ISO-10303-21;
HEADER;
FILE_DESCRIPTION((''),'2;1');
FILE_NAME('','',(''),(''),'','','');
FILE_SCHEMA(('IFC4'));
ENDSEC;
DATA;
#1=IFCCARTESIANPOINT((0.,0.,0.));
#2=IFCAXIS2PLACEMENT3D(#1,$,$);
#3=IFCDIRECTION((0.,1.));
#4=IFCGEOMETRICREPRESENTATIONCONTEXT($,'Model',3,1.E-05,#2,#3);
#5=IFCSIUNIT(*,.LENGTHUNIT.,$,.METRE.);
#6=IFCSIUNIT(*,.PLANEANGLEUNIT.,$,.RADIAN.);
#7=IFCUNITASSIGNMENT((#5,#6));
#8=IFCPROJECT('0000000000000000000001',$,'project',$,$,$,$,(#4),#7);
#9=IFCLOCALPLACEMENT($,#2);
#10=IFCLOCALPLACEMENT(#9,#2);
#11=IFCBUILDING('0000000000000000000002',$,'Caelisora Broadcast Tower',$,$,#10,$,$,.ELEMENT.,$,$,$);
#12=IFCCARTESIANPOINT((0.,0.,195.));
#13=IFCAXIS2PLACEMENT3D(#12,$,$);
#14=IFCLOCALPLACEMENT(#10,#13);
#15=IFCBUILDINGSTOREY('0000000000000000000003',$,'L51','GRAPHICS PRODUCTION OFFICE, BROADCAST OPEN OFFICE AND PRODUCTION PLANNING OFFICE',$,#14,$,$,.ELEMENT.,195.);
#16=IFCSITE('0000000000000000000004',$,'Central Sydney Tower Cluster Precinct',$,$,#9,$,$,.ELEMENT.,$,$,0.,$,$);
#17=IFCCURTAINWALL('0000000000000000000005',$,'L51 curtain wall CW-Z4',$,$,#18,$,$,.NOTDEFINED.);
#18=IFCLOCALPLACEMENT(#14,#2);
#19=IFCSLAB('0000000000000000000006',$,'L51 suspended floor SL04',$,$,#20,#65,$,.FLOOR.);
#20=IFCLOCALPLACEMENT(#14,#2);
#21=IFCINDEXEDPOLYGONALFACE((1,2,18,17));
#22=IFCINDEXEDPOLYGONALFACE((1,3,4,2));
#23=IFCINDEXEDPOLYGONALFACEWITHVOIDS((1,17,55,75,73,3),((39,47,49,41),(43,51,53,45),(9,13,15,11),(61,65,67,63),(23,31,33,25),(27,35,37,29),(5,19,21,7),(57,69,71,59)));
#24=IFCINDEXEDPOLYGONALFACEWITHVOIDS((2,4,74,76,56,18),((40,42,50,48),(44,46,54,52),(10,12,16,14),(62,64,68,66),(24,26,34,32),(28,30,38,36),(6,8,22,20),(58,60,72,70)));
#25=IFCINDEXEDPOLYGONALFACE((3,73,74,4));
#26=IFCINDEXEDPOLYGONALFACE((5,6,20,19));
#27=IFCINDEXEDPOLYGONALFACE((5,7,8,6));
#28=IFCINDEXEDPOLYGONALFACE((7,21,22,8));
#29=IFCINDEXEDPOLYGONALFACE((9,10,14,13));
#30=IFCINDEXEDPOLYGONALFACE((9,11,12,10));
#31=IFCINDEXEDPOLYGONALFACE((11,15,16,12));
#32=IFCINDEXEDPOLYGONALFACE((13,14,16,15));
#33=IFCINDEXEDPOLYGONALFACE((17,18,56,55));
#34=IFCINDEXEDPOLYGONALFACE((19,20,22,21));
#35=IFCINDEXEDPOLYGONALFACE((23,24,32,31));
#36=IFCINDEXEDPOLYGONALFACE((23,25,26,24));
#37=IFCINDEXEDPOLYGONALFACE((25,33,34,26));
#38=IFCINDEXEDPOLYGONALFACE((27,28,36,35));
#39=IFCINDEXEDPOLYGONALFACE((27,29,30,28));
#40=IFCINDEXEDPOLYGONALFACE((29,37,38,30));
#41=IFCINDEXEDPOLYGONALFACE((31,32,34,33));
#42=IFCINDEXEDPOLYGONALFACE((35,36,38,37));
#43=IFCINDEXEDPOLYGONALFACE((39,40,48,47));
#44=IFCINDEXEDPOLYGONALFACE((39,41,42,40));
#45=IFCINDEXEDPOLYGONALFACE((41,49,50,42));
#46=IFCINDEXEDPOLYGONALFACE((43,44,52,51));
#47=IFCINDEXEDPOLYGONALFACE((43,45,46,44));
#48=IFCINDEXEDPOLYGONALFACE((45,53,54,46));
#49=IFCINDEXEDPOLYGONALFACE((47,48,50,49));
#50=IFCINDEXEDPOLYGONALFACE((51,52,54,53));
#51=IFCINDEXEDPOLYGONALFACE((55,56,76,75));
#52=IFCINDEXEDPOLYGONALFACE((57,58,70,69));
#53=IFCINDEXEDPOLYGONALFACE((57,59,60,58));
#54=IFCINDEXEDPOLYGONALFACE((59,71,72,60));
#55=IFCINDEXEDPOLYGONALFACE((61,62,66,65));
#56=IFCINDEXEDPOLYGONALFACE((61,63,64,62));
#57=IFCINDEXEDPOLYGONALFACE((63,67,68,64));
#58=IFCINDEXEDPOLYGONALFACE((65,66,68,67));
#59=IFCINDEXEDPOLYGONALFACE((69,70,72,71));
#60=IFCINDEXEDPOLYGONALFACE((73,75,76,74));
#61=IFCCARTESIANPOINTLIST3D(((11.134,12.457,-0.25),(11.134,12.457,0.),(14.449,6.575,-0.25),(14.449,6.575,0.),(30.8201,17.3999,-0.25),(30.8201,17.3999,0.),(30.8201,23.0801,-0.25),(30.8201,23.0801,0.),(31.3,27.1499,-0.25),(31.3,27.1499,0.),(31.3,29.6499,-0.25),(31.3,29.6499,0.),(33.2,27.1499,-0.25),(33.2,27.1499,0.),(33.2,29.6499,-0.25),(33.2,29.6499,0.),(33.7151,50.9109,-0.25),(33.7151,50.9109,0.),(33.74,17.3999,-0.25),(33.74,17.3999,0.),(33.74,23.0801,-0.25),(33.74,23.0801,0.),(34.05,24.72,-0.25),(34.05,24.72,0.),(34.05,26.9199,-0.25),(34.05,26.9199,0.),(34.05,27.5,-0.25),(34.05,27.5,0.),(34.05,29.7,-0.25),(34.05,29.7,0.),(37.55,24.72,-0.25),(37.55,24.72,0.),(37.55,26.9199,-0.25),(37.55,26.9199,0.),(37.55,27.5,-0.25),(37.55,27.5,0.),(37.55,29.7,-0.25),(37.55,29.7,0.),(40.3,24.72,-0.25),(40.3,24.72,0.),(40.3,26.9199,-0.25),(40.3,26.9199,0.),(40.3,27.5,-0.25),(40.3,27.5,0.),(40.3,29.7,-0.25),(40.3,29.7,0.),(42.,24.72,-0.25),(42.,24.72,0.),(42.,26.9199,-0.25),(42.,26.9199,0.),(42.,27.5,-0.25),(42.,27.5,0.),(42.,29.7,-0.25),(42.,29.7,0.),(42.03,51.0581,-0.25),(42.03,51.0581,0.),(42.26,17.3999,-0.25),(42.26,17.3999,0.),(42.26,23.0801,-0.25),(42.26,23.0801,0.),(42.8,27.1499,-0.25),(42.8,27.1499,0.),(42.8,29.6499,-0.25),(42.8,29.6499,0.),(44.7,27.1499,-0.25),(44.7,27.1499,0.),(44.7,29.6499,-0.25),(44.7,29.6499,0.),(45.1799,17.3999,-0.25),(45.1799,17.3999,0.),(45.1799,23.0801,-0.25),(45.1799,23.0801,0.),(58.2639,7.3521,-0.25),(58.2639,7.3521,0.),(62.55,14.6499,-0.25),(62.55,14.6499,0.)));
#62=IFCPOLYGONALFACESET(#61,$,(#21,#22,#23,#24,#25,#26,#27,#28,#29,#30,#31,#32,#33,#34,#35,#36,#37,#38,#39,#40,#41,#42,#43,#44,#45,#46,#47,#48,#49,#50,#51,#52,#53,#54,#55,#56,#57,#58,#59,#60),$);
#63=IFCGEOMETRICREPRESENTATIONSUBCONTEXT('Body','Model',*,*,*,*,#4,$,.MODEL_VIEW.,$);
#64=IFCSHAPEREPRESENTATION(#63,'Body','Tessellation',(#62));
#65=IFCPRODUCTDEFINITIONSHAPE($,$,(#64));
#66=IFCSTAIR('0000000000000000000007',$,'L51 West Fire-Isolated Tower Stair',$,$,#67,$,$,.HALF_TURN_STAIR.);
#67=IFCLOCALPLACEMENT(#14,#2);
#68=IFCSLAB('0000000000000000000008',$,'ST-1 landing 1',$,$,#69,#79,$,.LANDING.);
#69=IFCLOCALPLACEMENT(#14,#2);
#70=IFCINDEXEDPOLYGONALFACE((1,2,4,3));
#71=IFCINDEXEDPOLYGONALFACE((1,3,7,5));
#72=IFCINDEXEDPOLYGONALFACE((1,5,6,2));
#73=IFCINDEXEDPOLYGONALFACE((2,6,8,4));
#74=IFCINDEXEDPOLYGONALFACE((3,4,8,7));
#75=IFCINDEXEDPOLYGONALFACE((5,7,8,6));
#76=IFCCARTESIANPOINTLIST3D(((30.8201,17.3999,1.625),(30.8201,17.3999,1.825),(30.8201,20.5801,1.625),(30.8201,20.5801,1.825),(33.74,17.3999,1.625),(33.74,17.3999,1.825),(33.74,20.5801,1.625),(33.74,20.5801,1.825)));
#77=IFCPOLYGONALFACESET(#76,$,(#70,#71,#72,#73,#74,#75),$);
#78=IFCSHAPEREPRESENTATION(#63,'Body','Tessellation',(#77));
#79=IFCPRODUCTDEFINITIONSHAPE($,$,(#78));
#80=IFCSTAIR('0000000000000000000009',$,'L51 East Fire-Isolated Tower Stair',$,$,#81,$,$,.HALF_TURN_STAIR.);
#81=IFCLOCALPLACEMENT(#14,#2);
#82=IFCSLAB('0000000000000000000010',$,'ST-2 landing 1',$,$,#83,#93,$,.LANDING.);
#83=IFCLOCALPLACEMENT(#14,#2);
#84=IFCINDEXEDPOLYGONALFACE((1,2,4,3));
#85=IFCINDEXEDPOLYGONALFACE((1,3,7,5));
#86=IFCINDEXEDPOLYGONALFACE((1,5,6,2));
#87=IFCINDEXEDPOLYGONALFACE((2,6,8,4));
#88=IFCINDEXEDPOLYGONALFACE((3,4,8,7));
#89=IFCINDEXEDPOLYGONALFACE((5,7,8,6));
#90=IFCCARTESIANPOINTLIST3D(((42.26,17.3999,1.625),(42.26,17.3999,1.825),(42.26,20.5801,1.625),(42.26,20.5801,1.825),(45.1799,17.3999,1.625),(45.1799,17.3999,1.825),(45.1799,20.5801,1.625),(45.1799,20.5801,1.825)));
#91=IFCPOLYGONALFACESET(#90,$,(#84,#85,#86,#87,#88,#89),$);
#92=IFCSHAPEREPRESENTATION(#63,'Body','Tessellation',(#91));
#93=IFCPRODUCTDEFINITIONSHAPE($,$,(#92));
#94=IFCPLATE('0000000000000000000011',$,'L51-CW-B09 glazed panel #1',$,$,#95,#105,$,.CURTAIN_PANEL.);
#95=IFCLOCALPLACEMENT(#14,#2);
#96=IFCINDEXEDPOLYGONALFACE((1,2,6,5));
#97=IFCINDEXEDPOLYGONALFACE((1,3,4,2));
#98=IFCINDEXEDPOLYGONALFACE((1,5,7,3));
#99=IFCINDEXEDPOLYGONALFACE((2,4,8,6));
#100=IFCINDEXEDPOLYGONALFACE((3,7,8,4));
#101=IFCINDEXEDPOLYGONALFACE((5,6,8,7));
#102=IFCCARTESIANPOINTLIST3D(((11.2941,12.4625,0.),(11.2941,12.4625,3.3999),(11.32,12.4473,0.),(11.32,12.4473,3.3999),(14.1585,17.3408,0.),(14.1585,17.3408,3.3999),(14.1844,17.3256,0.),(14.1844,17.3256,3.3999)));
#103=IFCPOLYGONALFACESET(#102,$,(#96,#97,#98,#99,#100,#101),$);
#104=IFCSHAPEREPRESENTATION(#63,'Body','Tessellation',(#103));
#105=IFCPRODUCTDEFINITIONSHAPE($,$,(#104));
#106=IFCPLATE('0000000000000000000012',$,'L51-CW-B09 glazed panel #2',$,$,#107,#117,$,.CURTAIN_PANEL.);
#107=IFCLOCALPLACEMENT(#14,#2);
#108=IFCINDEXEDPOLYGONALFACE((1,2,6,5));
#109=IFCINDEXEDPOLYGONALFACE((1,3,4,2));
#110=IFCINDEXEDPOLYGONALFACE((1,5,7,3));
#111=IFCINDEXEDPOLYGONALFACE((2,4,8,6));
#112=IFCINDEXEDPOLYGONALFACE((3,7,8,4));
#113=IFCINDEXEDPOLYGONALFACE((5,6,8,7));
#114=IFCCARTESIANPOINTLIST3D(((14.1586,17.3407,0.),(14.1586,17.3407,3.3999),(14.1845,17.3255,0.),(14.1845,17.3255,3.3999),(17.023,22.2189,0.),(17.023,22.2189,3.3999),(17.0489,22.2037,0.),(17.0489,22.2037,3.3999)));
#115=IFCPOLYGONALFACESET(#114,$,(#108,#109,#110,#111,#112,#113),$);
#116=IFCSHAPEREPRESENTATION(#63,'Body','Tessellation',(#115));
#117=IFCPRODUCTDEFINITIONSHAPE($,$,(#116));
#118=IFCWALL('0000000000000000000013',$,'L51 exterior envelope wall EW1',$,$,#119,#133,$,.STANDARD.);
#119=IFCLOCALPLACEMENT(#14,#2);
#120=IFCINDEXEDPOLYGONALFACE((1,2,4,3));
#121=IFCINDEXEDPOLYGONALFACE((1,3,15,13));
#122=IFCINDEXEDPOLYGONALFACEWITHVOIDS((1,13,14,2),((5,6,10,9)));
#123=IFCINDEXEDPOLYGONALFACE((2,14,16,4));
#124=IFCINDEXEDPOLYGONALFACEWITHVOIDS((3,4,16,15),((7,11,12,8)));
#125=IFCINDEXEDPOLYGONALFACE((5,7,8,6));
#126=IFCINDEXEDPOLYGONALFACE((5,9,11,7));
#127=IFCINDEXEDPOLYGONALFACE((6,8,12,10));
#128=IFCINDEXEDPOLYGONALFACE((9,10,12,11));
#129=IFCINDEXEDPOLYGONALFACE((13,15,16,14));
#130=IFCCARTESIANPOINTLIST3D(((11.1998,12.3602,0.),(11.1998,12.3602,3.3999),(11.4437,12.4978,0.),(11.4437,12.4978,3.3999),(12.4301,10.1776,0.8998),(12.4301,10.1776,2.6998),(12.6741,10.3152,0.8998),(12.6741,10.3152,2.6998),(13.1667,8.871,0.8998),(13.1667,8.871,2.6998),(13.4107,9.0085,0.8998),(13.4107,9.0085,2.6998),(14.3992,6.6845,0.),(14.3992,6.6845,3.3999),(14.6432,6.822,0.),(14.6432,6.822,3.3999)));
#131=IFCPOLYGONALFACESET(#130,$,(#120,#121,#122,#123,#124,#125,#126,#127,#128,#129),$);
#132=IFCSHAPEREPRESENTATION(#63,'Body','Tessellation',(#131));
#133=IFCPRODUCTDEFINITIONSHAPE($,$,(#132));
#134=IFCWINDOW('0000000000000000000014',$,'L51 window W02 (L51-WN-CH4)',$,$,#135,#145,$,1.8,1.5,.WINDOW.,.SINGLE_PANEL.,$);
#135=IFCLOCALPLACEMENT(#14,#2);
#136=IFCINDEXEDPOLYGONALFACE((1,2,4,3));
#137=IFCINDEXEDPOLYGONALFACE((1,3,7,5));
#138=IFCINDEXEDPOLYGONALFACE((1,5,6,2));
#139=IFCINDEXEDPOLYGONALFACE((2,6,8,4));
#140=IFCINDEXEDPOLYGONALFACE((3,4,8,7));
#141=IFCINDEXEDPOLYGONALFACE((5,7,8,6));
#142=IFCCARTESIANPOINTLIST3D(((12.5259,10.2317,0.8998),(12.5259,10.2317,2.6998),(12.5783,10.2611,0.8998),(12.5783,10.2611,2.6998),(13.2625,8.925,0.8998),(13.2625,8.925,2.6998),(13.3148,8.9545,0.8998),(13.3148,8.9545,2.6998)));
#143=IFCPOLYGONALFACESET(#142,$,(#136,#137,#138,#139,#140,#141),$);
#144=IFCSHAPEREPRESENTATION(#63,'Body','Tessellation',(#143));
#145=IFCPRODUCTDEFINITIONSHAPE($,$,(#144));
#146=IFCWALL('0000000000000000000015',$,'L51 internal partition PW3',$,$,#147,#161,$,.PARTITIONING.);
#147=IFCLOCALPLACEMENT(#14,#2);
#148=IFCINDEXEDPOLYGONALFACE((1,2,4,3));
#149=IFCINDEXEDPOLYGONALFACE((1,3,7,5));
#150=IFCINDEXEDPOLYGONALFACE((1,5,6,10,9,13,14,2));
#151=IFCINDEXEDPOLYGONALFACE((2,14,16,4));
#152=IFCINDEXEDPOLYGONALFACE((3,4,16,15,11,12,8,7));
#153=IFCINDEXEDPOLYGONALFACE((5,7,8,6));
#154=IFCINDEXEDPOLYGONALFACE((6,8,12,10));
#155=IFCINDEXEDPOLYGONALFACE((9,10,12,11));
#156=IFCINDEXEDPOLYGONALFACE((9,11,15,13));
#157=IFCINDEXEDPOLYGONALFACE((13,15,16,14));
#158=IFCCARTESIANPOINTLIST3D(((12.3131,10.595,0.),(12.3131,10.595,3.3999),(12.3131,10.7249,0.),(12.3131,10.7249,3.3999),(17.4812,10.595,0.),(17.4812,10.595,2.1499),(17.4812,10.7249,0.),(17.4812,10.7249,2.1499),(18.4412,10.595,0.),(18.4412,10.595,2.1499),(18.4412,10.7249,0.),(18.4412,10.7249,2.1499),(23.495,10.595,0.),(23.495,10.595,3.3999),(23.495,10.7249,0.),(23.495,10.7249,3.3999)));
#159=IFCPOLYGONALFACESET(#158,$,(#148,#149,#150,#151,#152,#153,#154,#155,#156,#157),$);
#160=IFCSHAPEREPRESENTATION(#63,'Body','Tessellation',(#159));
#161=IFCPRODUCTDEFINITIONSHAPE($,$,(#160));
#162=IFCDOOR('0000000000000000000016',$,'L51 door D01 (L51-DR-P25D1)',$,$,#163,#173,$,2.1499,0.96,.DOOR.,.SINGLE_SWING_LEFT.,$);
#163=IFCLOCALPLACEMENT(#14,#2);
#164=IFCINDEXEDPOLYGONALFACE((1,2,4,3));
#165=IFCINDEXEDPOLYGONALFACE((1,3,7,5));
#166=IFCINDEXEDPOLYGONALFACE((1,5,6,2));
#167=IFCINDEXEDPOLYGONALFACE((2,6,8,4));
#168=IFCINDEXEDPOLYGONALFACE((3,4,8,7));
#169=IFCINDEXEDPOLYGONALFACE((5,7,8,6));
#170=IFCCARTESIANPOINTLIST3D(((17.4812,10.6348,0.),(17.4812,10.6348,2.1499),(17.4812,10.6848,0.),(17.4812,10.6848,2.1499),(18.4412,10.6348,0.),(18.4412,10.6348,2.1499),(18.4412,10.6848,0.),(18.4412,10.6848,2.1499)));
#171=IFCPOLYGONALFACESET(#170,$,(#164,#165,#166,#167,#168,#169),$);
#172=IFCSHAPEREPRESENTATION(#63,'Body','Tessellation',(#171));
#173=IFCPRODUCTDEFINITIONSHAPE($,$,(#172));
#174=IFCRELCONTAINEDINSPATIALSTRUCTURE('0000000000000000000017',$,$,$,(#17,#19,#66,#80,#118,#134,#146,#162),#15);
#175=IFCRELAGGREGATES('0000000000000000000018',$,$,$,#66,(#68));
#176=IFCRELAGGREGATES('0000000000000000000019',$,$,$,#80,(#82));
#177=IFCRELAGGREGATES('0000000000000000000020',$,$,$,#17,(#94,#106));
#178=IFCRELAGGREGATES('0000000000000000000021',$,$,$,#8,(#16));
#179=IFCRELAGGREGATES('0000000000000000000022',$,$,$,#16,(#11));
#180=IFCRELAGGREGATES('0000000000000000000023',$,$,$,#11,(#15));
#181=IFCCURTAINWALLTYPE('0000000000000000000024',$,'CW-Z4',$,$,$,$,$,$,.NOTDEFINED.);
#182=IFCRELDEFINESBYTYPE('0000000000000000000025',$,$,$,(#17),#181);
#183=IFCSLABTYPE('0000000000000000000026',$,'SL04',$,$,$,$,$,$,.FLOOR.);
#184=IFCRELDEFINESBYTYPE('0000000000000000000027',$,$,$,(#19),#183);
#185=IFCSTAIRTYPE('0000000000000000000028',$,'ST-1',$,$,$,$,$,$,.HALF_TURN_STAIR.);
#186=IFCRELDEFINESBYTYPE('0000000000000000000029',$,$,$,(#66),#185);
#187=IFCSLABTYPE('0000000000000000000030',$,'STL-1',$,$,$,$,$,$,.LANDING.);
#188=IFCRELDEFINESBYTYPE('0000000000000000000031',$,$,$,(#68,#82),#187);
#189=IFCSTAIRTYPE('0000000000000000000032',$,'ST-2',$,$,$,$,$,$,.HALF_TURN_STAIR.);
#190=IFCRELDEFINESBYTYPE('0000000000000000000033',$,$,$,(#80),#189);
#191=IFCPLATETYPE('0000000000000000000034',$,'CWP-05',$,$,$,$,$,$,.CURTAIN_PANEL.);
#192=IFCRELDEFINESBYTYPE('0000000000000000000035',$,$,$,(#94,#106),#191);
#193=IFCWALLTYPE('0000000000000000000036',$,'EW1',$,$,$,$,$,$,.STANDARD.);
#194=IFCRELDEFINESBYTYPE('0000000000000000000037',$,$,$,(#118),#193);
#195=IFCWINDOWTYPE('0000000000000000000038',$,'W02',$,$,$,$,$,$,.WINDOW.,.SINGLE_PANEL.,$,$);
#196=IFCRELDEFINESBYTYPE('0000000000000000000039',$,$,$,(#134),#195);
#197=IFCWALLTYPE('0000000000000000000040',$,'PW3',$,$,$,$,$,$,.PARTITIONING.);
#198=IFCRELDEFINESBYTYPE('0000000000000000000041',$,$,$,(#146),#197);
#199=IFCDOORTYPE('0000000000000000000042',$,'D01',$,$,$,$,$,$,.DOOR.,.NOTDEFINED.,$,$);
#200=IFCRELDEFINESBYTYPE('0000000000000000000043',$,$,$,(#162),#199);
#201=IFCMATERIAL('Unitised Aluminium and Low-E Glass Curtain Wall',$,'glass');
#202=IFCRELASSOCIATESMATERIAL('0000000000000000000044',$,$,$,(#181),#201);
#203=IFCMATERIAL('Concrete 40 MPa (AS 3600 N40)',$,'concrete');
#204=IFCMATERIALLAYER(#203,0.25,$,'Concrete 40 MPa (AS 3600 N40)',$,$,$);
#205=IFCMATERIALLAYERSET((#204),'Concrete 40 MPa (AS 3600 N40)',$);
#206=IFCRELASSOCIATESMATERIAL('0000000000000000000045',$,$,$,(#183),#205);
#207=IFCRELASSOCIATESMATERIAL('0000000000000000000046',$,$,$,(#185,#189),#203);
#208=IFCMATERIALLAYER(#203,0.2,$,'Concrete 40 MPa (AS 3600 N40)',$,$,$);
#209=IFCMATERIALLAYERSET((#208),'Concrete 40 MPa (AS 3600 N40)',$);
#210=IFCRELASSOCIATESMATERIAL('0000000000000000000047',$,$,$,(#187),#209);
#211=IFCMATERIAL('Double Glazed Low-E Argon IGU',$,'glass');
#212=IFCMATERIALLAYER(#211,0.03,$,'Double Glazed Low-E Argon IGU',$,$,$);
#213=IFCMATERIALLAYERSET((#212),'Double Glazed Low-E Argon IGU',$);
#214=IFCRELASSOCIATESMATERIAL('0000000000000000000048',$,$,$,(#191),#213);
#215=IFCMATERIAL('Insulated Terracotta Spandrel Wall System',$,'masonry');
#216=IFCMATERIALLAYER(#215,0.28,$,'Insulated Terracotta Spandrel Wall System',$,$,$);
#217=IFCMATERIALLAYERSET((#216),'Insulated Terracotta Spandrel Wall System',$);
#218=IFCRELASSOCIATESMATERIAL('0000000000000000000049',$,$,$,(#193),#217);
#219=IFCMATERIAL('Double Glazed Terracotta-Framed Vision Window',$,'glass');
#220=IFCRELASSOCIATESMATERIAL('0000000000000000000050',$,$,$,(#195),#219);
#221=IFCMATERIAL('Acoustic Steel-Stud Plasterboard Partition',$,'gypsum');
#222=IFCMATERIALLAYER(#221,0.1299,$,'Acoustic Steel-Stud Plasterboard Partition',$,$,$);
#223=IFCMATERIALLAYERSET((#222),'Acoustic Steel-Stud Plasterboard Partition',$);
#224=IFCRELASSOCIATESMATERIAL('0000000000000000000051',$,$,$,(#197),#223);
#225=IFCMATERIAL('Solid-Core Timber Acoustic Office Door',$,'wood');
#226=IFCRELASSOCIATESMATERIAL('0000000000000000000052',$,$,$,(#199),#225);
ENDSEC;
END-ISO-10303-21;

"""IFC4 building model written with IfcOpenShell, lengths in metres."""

from ifc_helpers import new_model, si_unit, direction, frame, frame_2d, origin, origin_2d, place, context, subcontext, project, spatial, polyline, rectangle, outline, extrude, source, transform, mapped, material, layer, layer_set, type_object, type_shapes, element, fill, aggregate, save


model = new_model("IFC4")

# Units and contexts
model_context = context("Model", 3, precision=1e-05, world=origin(), true_north=direction((0.0, 1.0)))
body_context = subcontext(model_context, "Body", "Model", "MODEL_VIEW")
ifc_project = project(units=[si_unit("LENGTHUNIT", "METRE"), si_unit("PLANEANGLEUNIT", "RADIAN")], contexts=[model_context])

# Site, building, storey
site_placement = place(None, origin())
site = spatial("IfcSite", under=ifc_project, at=site_placement, Name="Central Sydney Tower Cluster Precinct", CompositionType="ELEMENT", RefElevation=0.0)
building_placement = place(site_placement, origin())
building = spatial("IfcBuilding", under=site, at=building_placement, Name="Caelisora Broadcast Tower", CompositionType="ELEMENT")
storey_placement = place(building_placement, frame((0.0, 0.0, 195.0)))
storey = spatial("IfcBuildingStorey", under=building, at=storey_placement, Name="L51", Description="GRAPHICS PRODUCTION OFFICE, BROADCAST OPEN OFFICE AND PRODUCTION PLANNING OFFICE", CompositionType="ELEMENT", Elevation=195.0)

# Shared definitions
ifc_material_1 = material(Name="Unitised Aluminium and Low-E Glass Curtain Wall", Category="glass")
curtain_wall_type = type_object("IfcCurtainWallType", Name="CW-Z4", PredefinedType="NOTDEFINED", material=ifc_material_1)

# Curtain wall
curtain_wall_1_placement = place(storey_placement, origin())
curtain_wall_1 = element("IfcCurtainWall", 1, at=curtain_wall_1_placement, inside=storey, type_object=curtain_wall_type, Name="L51 curtain wall CW-Z4", PredefinedType="NOTDEFINED")

# Slab
ifc_material_2 = material(Name="Concrete 40 MPa (AS 3600 N40)", Category="concrete")
ifc_layer_1 = layer(ifc_material_2, 0.25, Name="Concrete 40 MPa (AS 3600 N40)")
ifc_layer_set_1 = layer_set([ifc_layer_1], Name="Concrete 40 MPa (AS 3600 N40)")
slab_type_1 = type_object("IfcSlabType", Name="SL04", PredefinedType="FLOOR", material=ifc_layer_set_1)
slab_1_placement = place(storey_placement, frame((0.0, 0.0, -0.25)))
element("IfcSlab", 2, at=slab_1_placement, inside=storey, type_object=slab_type_1, Name="L51 suspended floor SL04", PredefinedType="FLOOR", context=body_context, shape_type="SweptSolid", body=[
    extrude(outline(polyline([(42.03, 51.0581), (33.7151, 50.9109), (11.134, 12.457), (14.449, 6.575), (58.2639, 7.3521), (62.55, 14.6499), (42.03, 51.0581)]), holes=[polyline([(30.8201, 17.3999), (33.74, 17.3999), (33.74, 23.0801), (30.8201, 23.0801), (30.8201, 17.3999)]), polyline([(42.26, 17.3999), (45.1799, 17.3999), (45.1799, 23.0801), (42.26, 23.0801), (42.26, 17.3999)]), polyline([(42.8, 27.1499), (44.7, 27.1499), (44.7, 29.6499), (42.8, 29.6499), (42.8, 27.1499)]), polyline([(40.3, 24.72), (42.0, 24.72), (42.0, 26.9199), (40.3, 26.9199), (40.3, 24.72)]), polyline([(40.3, 27.5), (42.0, 27.5), (42.0, 29.7), (40.3, 29.7), (40.3, 27.5)]), polyline([(34.05, 24.72), (37.55, 24.72), (37.55, 26.9199), (34.05, 26.9199), (34.05, 24.72)]), polyline([(34.05, 27.5), (37.55, 27.5), (37.55, 29.7), (34.05, 29.7), (34.05, 27.5)]), polyline([(31.3, 27.1499), (33.2, 27.1499), (33.2, 29.6499), (31.3, 29.6499), (31.3, 27.1499)])]), origin(), (0.0, 0.0, 1.0), 0.25),
])

# Stairs, slabs
stair_type_1 = type_object("IfcStairType", Name="ST-1", PredefinedType="HALF_TURN_STAIR", material=ifc_material_2)
stair_1_placement = place(storey_placement, origin())
stair_1 = element("IfcStair", 3, at=stair_1_placement, inside=storey, type_object=stair_type_1, Name="L51 West Fire-Isolated Tower Stair", PredefinedType="HALF_TURN_STAIR")
ifc_layer_2 = layer(ifc_material_2, 0.2, Name="Concrete 40 MPa (AS 3600 N40)")
ifc_layer_set_2 = layer_set([ifc_layer_2], Name="Concrete 40 MPa (AS 3600 N40)")
slab_type_2 = type_object("IfcSlabType", Name="STL-1", PredefinedType="LANDING", material=ifc_layer_set_2)
slab_2_placement = place(storey_placement, frame((0.0, 0.0, 1.625)))
slab_2 = element("IfcSlab", 4, at=slab_2_placement, type_object=slab_type_2, Name="ST-1 landing 1", PredefinedType="LANDING", context=body_context, shape_type="SweptSolid", body=[
    extrude(outline(polyline([(30.8201, 20.5801), (30.8201, 17.3999), (33.74, 17.3999), (33.74, 20.5801), (30.8201, 20.5801)])), origin(), (0.0, 0.0, 1.0), 0.2),
])
aggregate(stair_1, [slab_2])
stair_type_2 = type_object("IfcStairType", Name="ST-2", PredefinedType="HALF_TURN_STAIR", material=ifc_material_2)
stair_2_placement = place(storey_placement, origin())
stair_2 = element("IfcStair", 5, at=stair_2_placement, inside=storey, type_object=stair_type_2, Name="L51 East Fire-Isolated Tower Stair", PredefinedType="HALF_TURN_STAIR")
slab_3_placement = place(storey_placement, frame((0.0, 0.0, 1.625)))
slab_3 = element("IfcSlab", 6, at=slab_3_placement, type_object=slab_type_2, Name="ST-2 landing 1", PredefinedType="LANDING", context=body_context, shape_type="SweptSolid", body=[
    extrude(outline(polyline([(42.26, 20.5801), (42.26, 17.3999), (45.1799, 17.3999), (45.1799, 20.5801), (42.26, 20.5801)])), origin(), (0.0, 0.0, 1.0), 0.2),
])
aggregate(stair_2, [slab_3])

# Plates
ifc_material_3 = material(Name="Double Glazed Low-E Argon IGU", Category="glass")
ifc_layer_3 = layer(ifc_material_3, 0.03, Name="Double Glazed Low-E Argon IGU")
ifc_layer_set_3 = layer_set([ifc_layer_3], Name="Double Glazed Low-E Argon IGU")
plate_type = type_object("IfcPlateType", Name="CWP-05", PredefinedType="CURTAIN_PANEL", material=ifc_layer_set_3)
shared_shape_1 = source(origin(), body_context, "Body", "SweptSolid", [
    extrude(rectangle(XDim=5.657, YDim=0.03, at=origin_2d()), origin(), (0.0, 0.0, 1.0), 3.3999),
])
type_shapes(plate_type, [shared_shape_1])
plate_1_placement = place(storey_placement, frame((12.7393, 14.894, 0.0), z_axis=(0.0, 0.0, 1.0), x_axis=(0.506335, 0.862337, 0.0)))
plate_1 = element("IfcPlate", 7, at=plate_1_placement, type_object=plate_type, Name="L51-CW-B09 glazed panel #1", PredefinedType="CURTAIN_PANEL", context=body_context, shape_type="MappedRepresentation", body=[
    mapped(shared_shape_1, transform((0.0, 0.0, 0.0), scale=1.0)),
])
plate_2_placement = place(storey_placement, frame((15.6038, 19.7722, 0.0), z_axis=(0.0, 0.0, 1.0), x_axis=(0.506335, 0.862337, 0.0)))
plate_2 = element("IfcPlate", 8, at=plate_2_placement, type_object=plate_type, Name="L51-CW-B09 glazed panel #2", PredefinedType="CURTAIN_PANEL", context=body_context, shape_type="MappedRepresentation", body=[
    mapped(shared_shape_1, transform((0.0, 0.0, 0.0), scale=1.0)),
])
aggregate(curtain_wall_1, [plate_1, plate_2])

# Wall, opening, window
ifc_material_4 = material(Name="Insulated Terracotta Spandrel Wall System", Category="masonry")
ifc_layer_4 = layer(ifc_material_4, 0.28, Name="Insulated Terracotta Spandrel Wall System")
ifc_layer_set_4 = layer_set([ifc_layer_4], Name="Insulated Terracotta Spandrel Wall System")
wall_type_1 = type_object("IfcWallType", Name="EW1", PredefinedType="STANDARD", material=ifc_layer_set_4)
wall_1_placement = place(storey_placement, frame((14.5212, 6.7532, 0.0), z_axis=(0.0, 0.0, 1.0), x_axis=(-0.491058, 0.871127, 0.0)))
wall_1 = element("IfcWall", 9, at=wall_1_placement, inside=storey, type_object=wall_type_1, Name="L51 exterior envelope wall EW1", PredefinedType="STANDARD", context=body_context, shape_type="SweptSolid", body=[
    extrude(rectangle(XDim=6.5154, YDim=0.28, at=frame_2d((3.2578, 0.0))), origin(), (0.0, 0.0, 1.0), 3.3999),
])
opening_1_placement = place(wall_1_placement, frame((2.51, 0.0, 0.8999)))
opening_1 = element("IfcOpeningElement", 10, at=opening_1_placement, cuts=wall_1, PredefinedType="OPENING", context=body_context, shape_type="SweptSolid", body=[
    extrude(rectangle(XDim=1.5, YDim=1.8, at=frame_2d((0.75, 0.8999))), frame((0.0, 0.1521, 0.0), z_axis=(0.0, -1.0, 0.0), x_axis=(1.0, 0.0, 0.0)), (0.0, 0.0, 1.0), 0.304),
])
ifc_material_5 = material(Name="Double Glazed Terracotta-Framed Vision Window", Category="glass")
window_type = type_object("IfcWindowType", Name="W02", PartitioningType="SINGLE_PANEL", PredefinedType="WINDOW", material=ifc_material_5)
window_placement = place(opening_1_placement, origin())
window = element("IfcWindow", 11, at=window_placement, inside=storey, type_object=window_type, Name="L51 window W02 (L51-WN-CH4)", OverallHeight=1.8, OverallWidth=1.5, PartitioningType="SINGLE_PANEL", PredefinedType="WINDOW", context=body_context, shape_type="SweptSolid", body=[
    extrude(rectangle(XDim=1.5, YDim=1.8, at=frame_2d((0.75, 0.8999))), frame((0.0, 0.03, 0.0), z_axis=(0.0, -1.0, 0.0), x_axis=(1.0, 0.0, 0.0)), (0.0, 0.0, 1.0), 0.0601),
])
fill(opening_1, window)

# Wall, opening, door
ifc_material_6 = material(Name="Acoustic Steel-Stud Plasterboard Partition", Category="gypsum")
ifc_layer_5 = layer(ifc_material_6, 0.1299, Name="Acoustic Steel-Stud Plasterboard Partition")
ifc_layer_set_5 = layer_set([ifc_layer_5], Name="Acoustic Steel-Stud Plasterboard Partition")
wall_type_2 = type_object("IfcWallType", Name="PW3", PredefinedType="PARTITIONING", material=ifc_layer_set_5)
wall_2_placement = place(storey_placement, frame((12.3132, 10.6599, 0.0), z_axis=(0.0, 0.0, 1.0), x_axis=(1.0, 0.0, 0.0)))
wall_2 = element("IfcWall", 12, at=wall_2_placement, inside=storey, type_object=wall_type_2, Name="L51 internal partition PW3", PredefinedType="PARTITIONING", context=body_context, shape_type="SweptSolid", body=[
    extrude(rectangle(XDim=11.1819, YDim=0.1299, at=frame_2d((5.5908, 0.0))), origin(), (0.0, 0.0, 1.0), 3.3999),
])
opening_2_placement = place(wall_2_placement, frame((5.168, 0.0, 0.0)))
opening_2 = element("IfcOpeningElement", 13, at=opening_2_placement, cuts=wall_2, PredefinedType="OPENING", context=body_context, shape_type="SweptSolid", body=[
    extrude(rectangle(XDim=0.96, YDim=2.1499, at=frame_2d((0.48, 1.075))), frame((0.0, 0.0769, 0.0), z_axis=(0.0, -1.0, 0.0), x_axis=(1.0, 0.0, 0.0)), (0.0, 0.0, 1.0), 0.1538),
])
ifc_material_7 = material(Name="Solid-Core Timber Acoustic Office Door", Category="wood")
door_type = type_object("IfcDoorType", Name="D01", OperationType="NOTDEFINED", PredefinedType="DOOR", material=ifc_material_7)
door_1_placement = place(opening_2_placement, origin())
door_1 = element("IfcDoor", 14, at=door_1_placement, inside=storey, type_object=door_type, Name="L51 door D01 (L51-DR-P25D1)", OperationType="SINGLE_SWING_LEFT", OverallHeight=2.1499, OverallWidth=0.96, PredefinedType="DOOR", context=body_context, shape_type="SweptSolid", body=[
    extrude(rectangle(XDim=0.96, YDim=2.1499, at=frame_2d((0.48, 1.075))), frame((0.0, 0.0249, 0.0), z_axis=(0.0, -1.0, 0.0), x_axis=(1.0, 0.0, 0.0)), (0.0, 0.0, 1.0), 0.05),
])
fill(opening_2, door_1)

save(model, "model.ifc")
